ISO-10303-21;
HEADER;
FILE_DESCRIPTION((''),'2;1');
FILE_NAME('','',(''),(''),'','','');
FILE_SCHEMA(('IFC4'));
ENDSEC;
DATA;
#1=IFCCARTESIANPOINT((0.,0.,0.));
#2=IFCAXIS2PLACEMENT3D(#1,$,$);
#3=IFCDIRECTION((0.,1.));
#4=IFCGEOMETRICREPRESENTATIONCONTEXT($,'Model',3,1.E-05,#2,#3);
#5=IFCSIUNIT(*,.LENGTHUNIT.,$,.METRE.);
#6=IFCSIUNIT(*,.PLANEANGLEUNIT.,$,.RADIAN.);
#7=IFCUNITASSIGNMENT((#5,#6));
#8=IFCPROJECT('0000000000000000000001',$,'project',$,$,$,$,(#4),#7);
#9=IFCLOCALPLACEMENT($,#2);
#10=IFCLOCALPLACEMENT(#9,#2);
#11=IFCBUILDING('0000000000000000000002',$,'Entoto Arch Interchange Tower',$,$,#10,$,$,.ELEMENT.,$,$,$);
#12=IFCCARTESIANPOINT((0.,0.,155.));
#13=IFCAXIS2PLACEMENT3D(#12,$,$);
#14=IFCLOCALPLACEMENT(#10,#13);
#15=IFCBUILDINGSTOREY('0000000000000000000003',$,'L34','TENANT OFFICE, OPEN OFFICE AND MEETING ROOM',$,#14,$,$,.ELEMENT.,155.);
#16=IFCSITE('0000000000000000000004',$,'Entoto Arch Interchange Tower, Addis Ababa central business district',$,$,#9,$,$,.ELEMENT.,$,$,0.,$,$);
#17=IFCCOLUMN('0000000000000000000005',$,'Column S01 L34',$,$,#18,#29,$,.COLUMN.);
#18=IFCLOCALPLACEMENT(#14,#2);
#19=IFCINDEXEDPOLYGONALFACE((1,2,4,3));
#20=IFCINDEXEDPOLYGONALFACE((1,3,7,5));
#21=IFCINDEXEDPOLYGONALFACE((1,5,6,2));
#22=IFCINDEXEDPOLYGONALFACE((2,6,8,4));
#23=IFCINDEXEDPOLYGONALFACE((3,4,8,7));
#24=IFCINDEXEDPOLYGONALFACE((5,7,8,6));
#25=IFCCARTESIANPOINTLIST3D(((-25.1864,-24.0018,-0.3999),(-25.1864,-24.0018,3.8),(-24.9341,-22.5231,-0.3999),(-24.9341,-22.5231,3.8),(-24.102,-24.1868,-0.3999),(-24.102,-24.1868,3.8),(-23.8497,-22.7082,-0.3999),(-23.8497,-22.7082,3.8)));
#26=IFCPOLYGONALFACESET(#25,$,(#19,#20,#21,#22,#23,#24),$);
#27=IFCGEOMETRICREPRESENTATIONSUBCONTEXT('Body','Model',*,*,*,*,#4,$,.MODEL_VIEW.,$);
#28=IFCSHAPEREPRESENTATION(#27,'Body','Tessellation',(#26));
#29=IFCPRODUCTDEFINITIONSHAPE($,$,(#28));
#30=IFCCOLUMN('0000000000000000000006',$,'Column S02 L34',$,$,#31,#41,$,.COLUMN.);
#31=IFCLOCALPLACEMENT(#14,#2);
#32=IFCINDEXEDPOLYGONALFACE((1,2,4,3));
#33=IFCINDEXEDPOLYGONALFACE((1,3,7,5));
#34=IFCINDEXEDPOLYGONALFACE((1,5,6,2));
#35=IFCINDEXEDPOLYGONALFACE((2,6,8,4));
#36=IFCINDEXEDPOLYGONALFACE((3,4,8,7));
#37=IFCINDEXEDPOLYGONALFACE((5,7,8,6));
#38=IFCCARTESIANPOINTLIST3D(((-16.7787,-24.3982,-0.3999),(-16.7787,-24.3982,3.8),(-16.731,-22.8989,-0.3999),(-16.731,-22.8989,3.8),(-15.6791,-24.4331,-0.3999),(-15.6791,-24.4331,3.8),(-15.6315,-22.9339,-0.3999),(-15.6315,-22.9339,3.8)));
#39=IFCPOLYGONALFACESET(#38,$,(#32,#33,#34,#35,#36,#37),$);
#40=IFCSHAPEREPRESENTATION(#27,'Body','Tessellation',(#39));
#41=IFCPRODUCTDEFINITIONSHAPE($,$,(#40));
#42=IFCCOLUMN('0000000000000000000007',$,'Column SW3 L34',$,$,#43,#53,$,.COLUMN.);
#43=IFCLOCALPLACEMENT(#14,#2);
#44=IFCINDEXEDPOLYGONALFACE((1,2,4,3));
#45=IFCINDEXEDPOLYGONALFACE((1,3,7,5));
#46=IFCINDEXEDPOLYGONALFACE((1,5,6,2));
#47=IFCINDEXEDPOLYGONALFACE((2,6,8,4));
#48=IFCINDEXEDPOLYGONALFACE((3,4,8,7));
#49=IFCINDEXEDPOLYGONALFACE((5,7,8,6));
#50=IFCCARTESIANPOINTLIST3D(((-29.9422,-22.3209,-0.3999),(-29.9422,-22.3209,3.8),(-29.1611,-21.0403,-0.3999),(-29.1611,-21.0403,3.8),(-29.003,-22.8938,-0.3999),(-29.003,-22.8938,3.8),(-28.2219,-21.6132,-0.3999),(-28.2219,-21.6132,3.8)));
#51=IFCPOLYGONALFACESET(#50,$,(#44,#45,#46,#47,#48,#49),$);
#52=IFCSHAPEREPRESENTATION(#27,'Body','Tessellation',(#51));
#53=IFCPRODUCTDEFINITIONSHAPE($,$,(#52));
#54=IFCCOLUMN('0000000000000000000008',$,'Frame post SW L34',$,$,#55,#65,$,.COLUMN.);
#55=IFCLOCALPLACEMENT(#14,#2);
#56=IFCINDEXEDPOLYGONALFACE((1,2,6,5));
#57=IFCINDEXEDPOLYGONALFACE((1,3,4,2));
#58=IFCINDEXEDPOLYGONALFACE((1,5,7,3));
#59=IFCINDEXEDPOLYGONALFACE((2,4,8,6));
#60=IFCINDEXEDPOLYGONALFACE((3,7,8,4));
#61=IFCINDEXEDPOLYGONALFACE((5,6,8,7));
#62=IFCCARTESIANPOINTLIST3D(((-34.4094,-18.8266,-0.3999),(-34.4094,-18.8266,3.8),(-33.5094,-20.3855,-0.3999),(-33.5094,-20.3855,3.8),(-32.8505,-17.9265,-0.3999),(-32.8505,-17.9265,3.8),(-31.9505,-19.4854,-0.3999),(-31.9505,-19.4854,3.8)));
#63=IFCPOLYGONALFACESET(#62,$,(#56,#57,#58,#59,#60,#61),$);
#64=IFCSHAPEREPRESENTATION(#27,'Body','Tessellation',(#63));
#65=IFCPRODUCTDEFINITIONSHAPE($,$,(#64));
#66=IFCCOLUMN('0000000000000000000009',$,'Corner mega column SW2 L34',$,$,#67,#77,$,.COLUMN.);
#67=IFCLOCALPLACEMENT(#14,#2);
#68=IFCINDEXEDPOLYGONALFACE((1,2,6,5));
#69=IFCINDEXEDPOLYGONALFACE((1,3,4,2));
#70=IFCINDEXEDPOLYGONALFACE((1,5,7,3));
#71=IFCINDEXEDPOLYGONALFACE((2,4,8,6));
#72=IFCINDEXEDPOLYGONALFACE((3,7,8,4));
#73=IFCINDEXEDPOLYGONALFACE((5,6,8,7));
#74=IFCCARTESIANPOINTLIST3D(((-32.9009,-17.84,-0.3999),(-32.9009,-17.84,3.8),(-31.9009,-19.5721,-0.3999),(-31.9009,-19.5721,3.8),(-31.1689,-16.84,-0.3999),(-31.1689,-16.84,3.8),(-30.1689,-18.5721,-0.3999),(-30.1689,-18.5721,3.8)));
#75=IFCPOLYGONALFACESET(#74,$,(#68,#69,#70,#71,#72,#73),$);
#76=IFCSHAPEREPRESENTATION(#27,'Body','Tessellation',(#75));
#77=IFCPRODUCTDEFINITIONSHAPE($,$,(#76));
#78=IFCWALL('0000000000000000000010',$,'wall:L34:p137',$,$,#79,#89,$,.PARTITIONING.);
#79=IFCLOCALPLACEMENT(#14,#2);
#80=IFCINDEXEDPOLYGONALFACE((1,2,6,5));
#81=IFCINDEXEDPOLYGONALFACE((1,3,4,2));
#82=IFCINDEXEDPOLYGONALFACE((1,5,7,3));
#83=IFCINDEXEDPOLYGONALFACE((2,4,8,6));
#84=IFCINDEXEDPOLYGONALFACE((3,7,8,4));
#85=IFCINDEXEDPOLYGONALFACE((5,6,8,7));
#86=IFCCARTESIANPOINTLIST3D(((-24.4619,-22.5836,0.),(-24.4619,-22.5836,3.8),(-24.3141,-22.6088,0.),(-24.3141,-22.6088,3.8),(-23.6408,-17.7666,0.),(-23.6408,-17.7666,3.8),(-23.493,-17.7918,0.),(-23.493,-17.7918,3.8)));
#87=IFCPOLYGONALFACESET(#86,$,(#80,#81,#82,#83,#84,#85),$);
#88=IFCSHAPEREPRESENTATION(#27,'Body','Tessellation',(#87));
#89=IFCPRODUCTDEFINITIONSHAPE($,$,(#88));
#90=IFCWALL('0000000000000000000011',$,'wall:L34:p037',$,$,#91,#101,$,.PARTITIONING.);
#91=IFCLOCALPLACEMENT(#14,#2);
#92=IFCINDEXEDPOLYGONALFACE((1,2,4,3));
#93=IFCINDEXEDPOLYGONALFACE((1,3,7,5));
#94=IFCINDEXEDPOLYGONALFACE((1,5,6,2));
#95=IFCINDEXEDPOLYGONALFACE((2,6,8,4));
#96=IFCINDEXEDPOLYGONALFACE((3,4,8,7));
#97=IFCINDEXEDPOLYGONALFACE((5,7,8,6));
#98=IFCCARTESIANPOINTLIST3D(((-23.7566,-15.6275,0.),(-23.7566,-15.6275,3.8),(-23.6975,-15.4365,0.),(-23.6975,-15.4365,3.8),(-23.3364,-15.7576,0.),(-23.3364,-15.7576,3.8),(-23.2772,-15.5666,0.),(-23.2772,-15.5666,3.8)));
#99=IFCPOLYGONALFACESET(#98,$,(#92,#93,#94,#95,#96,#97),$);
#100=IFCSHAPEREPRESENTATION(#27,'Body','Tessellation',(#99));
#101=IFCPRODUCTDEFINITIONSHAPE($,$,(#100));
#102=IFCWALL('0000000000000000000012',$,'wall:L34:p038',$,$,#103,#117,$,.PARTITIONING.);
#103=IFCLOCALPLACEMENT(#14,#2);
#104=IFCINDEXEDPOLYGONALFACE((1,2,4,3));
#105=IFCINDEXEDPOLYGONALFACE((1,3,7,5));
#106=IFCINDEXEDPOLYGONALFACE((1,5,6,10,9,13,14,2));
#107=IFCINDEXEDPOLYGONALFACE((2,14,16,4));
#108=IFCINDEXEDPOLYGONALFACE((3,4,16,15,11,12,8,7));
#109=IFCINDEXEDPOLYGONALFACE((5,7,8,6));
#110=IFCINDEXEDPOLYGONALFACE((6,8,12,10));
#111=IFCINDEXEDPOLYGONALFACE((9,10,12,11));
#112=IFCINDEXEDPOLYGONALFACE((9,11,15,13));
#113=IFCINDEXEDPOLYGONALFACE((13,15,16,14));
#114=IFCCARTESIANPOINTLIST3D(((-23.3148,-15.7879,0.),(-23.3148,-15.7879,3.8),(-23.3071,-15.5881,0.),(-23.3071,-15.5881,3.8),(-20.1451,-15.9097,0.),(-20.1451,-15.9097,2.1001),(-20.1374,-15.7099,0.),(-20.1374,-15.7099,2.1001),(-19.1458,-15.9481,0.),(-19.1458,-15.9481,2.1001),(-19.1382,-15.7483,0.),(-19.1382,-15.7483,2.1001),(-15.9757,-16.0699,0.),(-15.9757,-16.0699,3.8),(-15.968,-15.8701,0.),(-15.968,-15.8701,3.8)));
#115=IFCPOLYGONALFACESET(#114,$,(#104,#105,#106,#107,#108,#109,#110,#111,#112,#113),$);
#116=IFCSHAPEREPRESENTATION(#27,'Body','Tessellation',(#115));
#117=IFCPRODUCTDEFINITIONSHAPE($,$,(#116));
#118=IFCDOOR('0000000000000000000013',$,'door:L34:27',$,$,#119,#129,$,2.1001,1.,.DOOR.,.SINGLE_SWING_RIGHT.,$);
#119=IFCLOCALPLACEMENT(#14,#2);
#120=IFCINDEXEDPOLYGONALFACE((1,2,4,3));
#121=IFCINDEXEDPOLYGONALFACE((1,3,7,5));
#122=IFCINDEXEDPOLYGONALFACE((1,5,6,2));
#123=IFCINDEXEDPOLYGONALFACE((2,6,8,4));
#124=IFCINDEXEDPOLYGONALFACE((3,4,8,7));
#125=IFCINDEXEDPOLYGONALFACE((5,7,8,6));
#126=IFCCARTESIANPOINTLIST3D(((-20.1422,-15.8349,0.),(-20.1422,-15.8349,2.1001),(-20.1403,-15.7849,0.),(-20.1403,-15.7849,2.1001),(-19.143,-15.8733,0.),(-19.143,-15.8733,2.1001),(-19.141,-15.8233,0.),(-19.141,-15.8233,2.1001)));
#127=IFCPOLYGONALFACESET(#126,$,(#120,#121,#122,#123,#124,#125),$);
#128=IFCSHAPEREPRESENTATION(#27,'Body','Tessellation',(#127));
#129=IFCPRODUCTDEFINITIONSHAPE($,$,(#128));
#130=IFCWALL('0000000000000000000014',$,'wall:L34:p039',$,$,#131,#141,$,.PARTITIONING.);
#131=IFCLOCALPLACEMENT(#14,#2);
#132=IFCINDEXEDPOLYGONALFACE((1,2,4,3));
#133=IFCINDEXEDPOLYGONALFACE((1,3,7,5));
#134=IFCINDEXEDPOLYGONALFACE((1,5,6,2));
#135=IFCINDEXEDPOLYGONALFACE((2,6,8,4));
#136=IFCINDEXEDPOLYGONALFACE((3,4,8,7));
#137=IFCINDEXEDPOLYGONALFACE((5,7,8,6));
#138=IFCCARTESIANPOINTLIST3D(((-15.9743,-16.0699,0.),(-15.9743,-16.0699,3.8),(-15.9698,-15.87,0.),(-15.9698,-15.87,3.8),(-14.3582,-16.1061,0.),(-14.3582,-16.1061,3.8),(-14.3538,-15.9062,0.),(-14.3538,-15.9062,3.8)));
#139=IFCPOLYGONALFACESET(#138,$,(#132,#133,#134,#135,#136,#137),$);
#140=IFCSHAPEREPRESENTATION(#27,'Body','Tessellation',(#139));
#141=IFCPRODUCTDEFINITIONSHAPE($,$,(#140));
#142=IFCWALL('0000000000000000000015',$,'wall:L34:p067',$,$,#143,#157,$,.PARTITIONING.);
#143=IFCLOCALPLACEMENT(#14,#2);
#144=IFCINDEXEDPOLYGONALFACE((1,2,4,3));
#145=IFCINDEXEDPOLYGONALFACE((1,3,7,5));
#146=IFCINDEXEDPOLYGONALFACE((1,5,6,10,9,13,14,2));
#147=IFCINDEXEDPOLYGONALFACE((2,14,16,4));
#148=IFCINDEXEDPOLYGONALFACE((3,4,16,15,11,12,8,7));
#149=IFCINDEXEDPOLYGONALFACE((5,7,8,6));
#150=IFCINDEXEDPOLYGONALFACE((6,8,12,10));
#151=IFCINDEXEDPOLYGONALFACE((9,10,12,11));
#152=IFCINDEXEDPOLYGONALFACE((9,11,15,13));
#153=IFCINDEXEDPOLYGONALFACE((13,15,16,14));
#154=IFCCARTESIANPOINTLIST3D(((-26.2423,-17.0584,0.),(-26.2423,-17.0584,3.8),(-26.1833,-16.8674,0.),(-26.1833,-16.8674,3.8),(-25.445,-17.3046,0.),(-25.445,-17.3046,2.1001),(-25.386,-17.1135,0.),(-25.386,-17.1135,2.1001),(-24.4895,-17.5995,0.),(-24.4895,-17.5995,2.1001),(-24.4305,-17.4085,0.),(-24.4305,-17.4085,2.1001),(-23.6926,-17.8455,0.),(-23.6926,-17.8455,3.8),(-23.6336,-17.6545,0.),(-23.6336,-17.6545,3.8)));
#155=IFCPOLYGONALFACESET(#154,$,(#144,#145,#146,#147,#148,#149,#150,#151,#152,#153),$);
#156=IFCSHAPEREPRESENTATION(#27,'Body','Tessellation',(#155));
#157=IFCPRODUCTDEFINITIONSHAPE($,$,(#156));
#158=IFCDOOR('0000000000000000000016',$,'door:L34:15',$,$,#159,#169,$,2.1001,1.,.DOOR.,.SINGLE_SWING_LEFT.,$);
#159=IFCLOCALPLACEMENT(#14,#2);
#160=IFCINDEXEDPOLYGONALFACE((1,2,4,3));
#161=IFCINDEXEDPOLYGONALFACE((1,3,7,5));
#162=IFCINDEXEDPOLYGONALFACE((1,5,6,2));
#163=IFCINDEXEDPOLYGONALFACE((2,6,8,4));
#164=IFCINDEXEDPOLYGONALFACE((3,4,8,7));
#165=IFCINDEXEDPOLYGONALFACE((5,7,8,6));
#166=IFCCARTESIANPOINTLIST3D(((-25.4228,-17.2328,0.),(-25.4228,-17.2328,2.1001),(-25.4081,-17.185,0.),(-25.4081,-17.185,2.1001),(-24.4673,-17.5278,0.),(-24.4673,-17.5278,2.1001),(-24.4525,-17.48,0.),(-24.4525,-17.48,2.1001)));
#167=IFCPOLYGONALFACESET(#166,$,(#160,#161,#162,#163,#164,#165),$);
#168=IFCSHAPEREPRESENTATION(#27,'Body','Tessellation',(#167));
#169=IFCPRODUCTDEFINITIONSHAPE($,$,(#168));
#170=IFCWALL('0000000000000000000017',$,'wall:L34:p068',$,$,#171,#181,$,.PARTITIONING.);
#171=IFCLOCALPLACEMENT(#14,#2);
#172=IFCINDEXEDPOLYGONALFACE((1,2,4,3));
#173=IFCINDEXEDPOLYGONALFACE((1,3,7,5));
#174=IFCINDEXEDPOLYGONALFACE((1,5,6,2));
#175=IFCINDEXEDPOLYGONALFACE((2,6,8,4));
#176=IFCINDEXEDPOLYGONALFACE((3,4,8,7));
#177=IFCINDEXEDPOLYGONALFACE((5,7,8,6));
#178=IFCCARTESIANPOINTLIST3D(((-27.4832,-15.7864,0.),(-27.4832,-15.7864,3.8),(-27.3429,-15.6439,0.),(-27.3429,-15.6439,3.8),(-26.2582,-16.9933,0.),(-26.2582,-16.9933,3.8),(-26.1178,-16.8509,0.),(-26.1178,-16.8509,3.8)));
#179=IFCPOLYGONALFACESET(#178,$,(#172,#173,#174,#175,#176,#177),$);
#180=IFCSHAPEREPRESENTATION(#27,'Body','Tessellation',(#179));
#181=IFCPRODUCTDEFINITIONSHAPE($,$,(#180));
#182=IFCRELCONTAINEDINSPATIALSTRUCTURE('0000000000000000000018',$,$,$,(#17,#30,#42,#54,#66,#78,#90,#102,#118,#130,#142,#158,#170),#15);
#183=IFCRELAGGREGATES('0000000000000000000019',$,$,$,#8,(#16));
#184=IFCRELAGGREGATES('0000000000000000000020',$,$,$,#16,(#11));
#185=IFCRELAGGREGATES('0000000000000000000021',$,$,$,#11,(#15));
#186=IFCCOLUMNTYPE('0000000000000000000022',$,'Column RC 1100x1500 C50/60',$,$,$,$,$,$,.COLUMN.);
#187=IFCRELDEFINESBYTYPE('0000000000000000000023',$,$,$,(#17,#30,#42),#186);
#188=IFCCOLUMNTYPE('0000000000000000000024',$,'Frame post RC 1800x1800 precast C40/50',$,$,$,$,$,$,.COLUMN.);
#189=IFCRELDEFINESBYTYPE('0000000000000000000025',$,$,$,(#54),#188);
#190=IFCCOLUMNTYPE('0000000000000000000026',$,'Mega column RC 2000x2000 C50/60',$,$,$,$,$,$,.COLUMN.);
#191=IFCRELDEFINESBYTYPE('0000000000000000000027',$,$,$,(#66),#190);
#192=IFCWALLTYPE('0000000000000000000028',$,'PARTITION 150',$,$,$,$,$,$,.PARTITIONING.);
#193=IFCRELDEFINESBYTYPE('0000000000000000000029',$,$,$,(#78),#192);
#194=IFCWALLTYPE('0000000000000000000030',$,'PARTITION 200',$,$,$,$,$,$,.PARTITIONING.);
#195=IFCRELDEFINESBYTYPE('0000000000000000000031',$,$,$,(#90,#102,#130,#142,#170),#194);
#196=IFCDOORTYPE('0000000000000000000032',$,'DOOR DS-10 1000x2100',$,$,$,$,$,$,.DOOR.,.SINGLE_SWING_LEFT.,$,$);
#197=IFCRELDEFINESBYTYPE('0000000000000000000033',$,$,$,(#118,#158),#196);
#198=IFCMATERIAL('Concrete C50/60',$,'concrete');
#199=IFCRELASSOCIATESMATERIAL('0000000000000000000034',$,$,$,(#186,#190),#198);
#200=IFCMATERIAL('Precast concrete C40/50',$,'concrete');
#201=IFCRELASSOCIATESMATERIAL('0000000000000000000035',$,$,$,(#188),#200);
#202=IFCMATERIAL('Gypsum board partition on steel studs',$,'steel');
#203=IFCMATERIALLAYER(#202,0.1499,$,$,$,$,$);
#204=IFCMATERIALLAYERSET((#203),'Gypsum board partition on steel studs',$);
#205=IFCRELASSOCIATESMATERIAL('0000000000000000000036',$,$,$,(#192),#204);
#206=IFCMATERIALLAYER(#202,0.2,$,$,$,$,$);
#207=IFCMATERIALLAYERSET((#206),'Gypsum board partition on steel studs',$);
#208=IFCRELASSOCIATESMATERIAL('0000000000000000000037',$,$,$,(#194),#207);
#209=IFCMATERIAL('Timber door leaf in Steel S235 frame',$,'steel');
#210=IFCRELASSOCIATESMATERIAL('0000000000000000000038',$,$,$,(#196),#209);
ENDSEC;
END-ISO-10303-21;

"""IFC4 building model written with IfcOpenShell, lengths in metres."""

from ifc_helpers import new_model, si_unit, direction, frame, frame_2d, origin, origin_2d, place, context, subcontext, project, spatial, rectangle, extrude, material, layer, layer_set, material_profile, profile_set, type_object, element, fill, save


model = new_model("IFC4")

# Units and contexts
model_context = context("Model", 3, precision=1e-05, world=origin(), true_north=direction((0.0, 1.0)))
body_context = subcontext(model_context, "Body", "Model", "MODEL_VIEW")
ifc_project = project(units=[si_unit("LENGTHUNIT", "METRE"), si_unit("PLANEANGLEUNIT", "RADIAN")], contexts=[model_context])

# Site, building, storey
site_placement = place(None, origin())
site = spatial("IfcSite", under=ifc_project, at=site_placement, Name="Entoto Arch Interchange Tower, Addis Ababa central business district", CompositionType="ELEMENT", RefElevation=0.0)
building_placement = place(site_placement, origin())
building = spatial("IfcBuilding", under=site, at=building_placement, Name="Entoto Arch Interchange Tower", CompositionType="ELEMENT")
storey_placement = place(building_placement, frame((0.0, 0.0, 155.0)))
storey = spatial("IfcBuildingStorey", under=building, at=storey_placement, Name="L34", Description="TENANT OFFICE, OPEN OFFICE AND MEETING ROOM", CompositionType="ELEMENT", Elevation=155.0)

# Columns
ifc_material_1 = material(Name="Concrete C50/60", Category="concrete")
ifc_material_profile_1 = material_profile(ifc_material_1, rectangle(XDim=1.1001, YDim=1.5, at=origin_2d()))
ifc_profile_set_1 = profile_set([ifc_material_profile_1], Name="Concrete C50/60")
column_type_1 = type_object("IfcColumnType", Name="Column RC 1100x1500 C50/60", PredefinedType="COLUMN", material=ifc_profile_set_1)
for number, where, z_axis, x_axis, name in (
    (1, (-24.5181, -23.355, -0.3999), (0.0, 0.0, 1.0), (-0.985753, 0.168197, 0.0), "Column S01 L34"),
    (2, (-16.2051, -23.666, -0.3999), (0.0, 0.0, 1.0), (-0.999496, 0.031742, 0.0), "Column S02 L34"),
    (3, (-29.082, -21.967, -0.3999), (0.0, 0.0, 1.0), (-0.853714, 0.520741, 0.0), "Column SW3 L34"),
):
    element("IfcColumn", number, at=place(storey_placement, frame(where, z_axis=z_axis, x_axis=x_axis)), inside=storey, type_object=column_type_1, Name=name, PredefinedType="COLUMN", context=body_context, shape_type="SweptSolid", body=[
        extrude(rectangle(XDim=1.1001, YDim=1.5, at=origin_2d()), origin(), (0.0, 0.0, 1.0), 4.2),
    ])
ifc_material_2 = material(Name="Precast concrete C40/50", Category="concrete")
ifc_material_profile_2 = material_profile(ifc_material_2, rectangle(XDim=1.8, YDim=1.8, at=origin_2d()))
ifc_profile_set_2 = profile_set([ifc_material_profile_2], Name="Precast concrete C40/50")
column_type_2 = type_object("IfcColumnType", Name="Frame post RC 1800x1800 precast C40/50", PredefinedType="COLUMN", material=ifc_profile_set_2)
column_1_placement = place(storey_placement, frame((-33.1799, -19.156, -0.3999), z_axis=(0.0, 0.0, 1.0), x_axis=(0.866025, 0.5, 0.0)))
element("IfcColumn", 4, at=column_1_placement, inside=storey, type_object=column_type_2, Name="Frame post SW L34", PredefinedType="COLUMN", context=body_context, shape_type="SweptSolid", body=[
    extrude(rectangle(XDim=1.8, YDim=1.8, at=origin_2d()), origin(), (0.0, 0.0, 1.0), 4.2),
])
ifc_material_profile_3 = material_profile(ifc_material_1, rectangle(XDim=2.0, YDim=2.0, at=origin_2d()))
ifc_profile_set_3 = profile_set([ifc_material_profile_3], Name="Concrete C50/60")
column_type_3 = type_object("IfcColumnType", Name="Mega column RC 2000x2000 C50/60", PredefinedType="COLUMN", material=ifc_profile_set_3)
column_2_placement = place(storey_placement, frame((-31.5349, -18.2061, -0.3999), z_axis=(0.0, 0.0, 1.0), x_axis=(0.866025, 0.5, 0.0)))
element("IfcColumn", 5, at=column_2_placement, inside=storey, type_object=column_type_3, Name="Corner mega column SW2 L34", PredefinedType="COLUMN", context=body_context, shape_type="SweptSolid", body=[
    extrude(rectangle(XDim=2.0, YDim=2.0, at=origin_2d()), origin(), (0.0, 0.0, 1.0), 4.2),
])

# Walls
ifc_material_3 = material(Name="Gypsum board partition on steel studs", Category="steel")
ifc_layer_1 = layer(ifc_material_3, 0.1499)
ifc_layer_set_1 = layer_set([ifc_layer_1], Name="Gypsum board partition on steel studs")
wall_type_1 = type_object("IfcWallType", Name="PARTITION 150", PredefinedType="PARTITIONING", material=ifc_layer_set_1)
wall_1_placement = place(storey_placement, frame((-23.5669, -17.7791, 0.0), z_axis=(0.0, 0.0, 1.0), x_axis=(-0.168028, -0.985782, 0.0)))
element("IfcWall", 6, at=wall_1_placement, inside=storey, type_object=wall_type_1, Name="wall:L34:p137", PredefinedType="PARTITIONING", context=body_context, shape_type="SweptSolid", body=[
    extrude(rectangle(XDim=4.8865, YDim=0.1499, at=frame_2d((2.4434, 0.0))), origin(), (0.0, 0.0, 1.0), 3.8),
])
ifc_layer_2 = layer(ifc_material_3, 0.2)
ifc_layer_set_2 = layer_set([ifc_layer_2], Name="Gypsum board partition on steel studs")
wall_type_2 = type_object("IfcWallType", Name="PARTITION 200", PredefinedType="PARTITIONING", material=ifc_layer_set_2)
wall_2_placement = place(storey_placement, frame((-23.7271, -15.532, 0.0), z_axis=(0.0, 0.0, 1.0), x_axis=(0.955237, -0.295841, 0.0)))
element("IfcWall", 7, at=wall_2_placement, inside=storey, type_object=wall_type_2, Name="wall:L34:p037", PredefinedType="PARTITIONING", context=body_context, shape_type="SweptSolid", body=[
    extrude(rectangle(XDim=0.4399, YDim=0.2, at=frame_2d((0.22, 0.0))), origin(), (0.0, 0.0, 1.0), 3.8),
])

# Wall, opening, door
wall_3_placement = place(storey_placement, frame((-23.311, -15.688, 0.0), z_axis=(0.0, 0.0, 1.0), x_axis=(0.999263, -0.038394, 0.0)))
wall_3 = element("IfcWall", 8, at=wall_3_placement, inside=storey, type_object=wall_type_2, Name="wall:L34:p038", PredefinedType="PARTITIONING", context=body_context, shape_type="SweptSolid", body=[
    extrude(rectangle(XDim=7.3445, YDim=0.2, at=frame_2d((3.6724, 0.0))), origin(), (0.0, 0.0, 1.0), 3.8),
])
opening_1_placement = place(wall_3_placement, frame((3.1721, 0.0, 0.0)))
opening_1 = element("IfcOpeningElement", 9, at=opening_1_placement, cuts=wall_3, PredefinedType="OPENING", context=body_context, shape_type="SweptSolid", body=[
    extrude(rectangle(XDim=1.0, YDim=2.1001, at=frame_2d((0.5, 1.05))), frame((0.0, 0.1099, 0.0), z_axis=(0.0, -1.0, 0.0), x_axis=(1.0, 0.0, 0.0)), (0.0, 0.0, 1.0), 0.22),
])
ifc_material_4 = material(Name="Timber door leaf in Steel S235 frame", Category="steel")
door_type_1 = type_object("IfcDoorType", Name="DOOR DS-10 1000x2100", OperationType="SINGLE_SWING_LEFT", PredefinedType="DOOR", material=ifc_material_4)
door_1_placement = place(opening_1_placement, origin())
door_1 = element("IfcDoor", 10, at=door_1_placement, inside=storey, type_object=door_type_1, Name="door:L34:27", OperationType="SINGLE_SWING_RIGHT", OverallHeight=2.1001, OverallWidth=1.0, PredefinedType="DOOR", context=body_context, shape_type="SweptSolid", body=[
    extrude(rectangle(XDim=1.0, YDim=2.1001, at=frame_2d((0.5, 1.05))), frame((0.0, 0.0249, 0.0), z_axis=(0.0, -1.0, 0.0), x_axis=(1.0, 0.0, 0.0)), (0.0, 0.0, 1.0), 0.05),
])
fill(opening_1, door_1)

# Wall
wall_4_placement = place(storey_placement, frame((-15.9719, -15.97, 0.0), z_axis=(0.0, 0.0, 1.0), x_axis=(0.99975, -0.022354, 0.0)))
element("IfcWall", 11, at=wall_4_placement, inside=storey, type_object=wall_type_2, Name="wall:L34:p039", PredefinedType="PARTITIONING", context=body_context, shape_type="SweptSolid", body=[
    extrude(rectangle(XDim=1.6165, YDim=0.2, at=frame_2d((0.8081, 0.0))), origin(), (0.0, 0.0, 1.0), 3.8),
])

# Wall, opening, door
wall_5_placement = place(storey_placement, frame((-23.6631, -17.75, 0.0), z_axis=(0.0, 0.0, 1.0), x_axis=(-0.95551, 0.29496, 0.0)))
wall_5 = element("IfcWall", 12, at=wall_5_placement, inside=storey, type_object=wall_type_2, Name="wall:L34:p067", PredefinedType="PARTITIONING", context=body_context, shape_type="SweptSolid", body=[
    extrude(rectangle(XDim=2.6685, YDim=0.2, at=frame_2d((1.3342, 0.0))), origin(), (0.0, 0.0, 1.0), 3.8),
])
opening_2_placement = place(wall_5_placement, frame((0.834, 0.0, 0.0)))
opening_2 = element("IfcOpeningElement", 13, at=opening_2_placement, cuts=wall_5, PredefinedType="OPENING", context=body_context, shape_type="SweptSolid", body=[
    extrude(rectangle(XDim=1.0, YDim=2.1001, at=frame_2d((0.5, 1.05))), frame((0.0, 0.1099, 0.0), z_axis=(0.0, -1.0, 0.0), x_axis=(1.0, 0.0, 0.0)), (0.0, 0.0, 1.0), 0.22),
])
door_2_placement = place(opening_2_placement, origin())
door_2 = element("IfcDoor", 14, at=door_2_placement, inside=storey, type_object=door_type_1, Name="door:L34:15", OperationType="SINGLE_SWING_LEFT", OverallHeight=2.1001, OverallWidth=1.0, PredefinedType="DOOR", context=body_context, shape_type="SweptSolid", body=[
    extrude(rectangle(XDim=1.0, YDim=2.1001, at=frame_2d((0.5, 1.05))), frame((0.0, 0.0249, 0.0), z_axis=(0.0, -1.0, 0.0), x_axis=(1.0, 0.0, 0.0)), (0.0, 0.0, 1.0), 0.05),
])
fill(opening_2, door_2)

# Wall
wall_6_placement = place(storey_placement, frame((-26.188, -16.9221, 0.0), z_axis=(0.0, 0.0, 1.0), x_axis=(-0.71234, 0.701835, 0.0)))
element("IfcWall", 15, at=wall_6_placement, inside=storey, type_object=wall_type_2, Name="wall:L34:p068", PredefinedType="PARTITIONING", context=body_context, shape_type="SweptSolid", body=[
    extrude(rectangle(XDim=1.7197, YDim=0.2, at=frame_2d((0.8599, 0.0))), origin(), (0.0, 0.0, 1.0), 3.8),
])

save(model, "model.ifc")
